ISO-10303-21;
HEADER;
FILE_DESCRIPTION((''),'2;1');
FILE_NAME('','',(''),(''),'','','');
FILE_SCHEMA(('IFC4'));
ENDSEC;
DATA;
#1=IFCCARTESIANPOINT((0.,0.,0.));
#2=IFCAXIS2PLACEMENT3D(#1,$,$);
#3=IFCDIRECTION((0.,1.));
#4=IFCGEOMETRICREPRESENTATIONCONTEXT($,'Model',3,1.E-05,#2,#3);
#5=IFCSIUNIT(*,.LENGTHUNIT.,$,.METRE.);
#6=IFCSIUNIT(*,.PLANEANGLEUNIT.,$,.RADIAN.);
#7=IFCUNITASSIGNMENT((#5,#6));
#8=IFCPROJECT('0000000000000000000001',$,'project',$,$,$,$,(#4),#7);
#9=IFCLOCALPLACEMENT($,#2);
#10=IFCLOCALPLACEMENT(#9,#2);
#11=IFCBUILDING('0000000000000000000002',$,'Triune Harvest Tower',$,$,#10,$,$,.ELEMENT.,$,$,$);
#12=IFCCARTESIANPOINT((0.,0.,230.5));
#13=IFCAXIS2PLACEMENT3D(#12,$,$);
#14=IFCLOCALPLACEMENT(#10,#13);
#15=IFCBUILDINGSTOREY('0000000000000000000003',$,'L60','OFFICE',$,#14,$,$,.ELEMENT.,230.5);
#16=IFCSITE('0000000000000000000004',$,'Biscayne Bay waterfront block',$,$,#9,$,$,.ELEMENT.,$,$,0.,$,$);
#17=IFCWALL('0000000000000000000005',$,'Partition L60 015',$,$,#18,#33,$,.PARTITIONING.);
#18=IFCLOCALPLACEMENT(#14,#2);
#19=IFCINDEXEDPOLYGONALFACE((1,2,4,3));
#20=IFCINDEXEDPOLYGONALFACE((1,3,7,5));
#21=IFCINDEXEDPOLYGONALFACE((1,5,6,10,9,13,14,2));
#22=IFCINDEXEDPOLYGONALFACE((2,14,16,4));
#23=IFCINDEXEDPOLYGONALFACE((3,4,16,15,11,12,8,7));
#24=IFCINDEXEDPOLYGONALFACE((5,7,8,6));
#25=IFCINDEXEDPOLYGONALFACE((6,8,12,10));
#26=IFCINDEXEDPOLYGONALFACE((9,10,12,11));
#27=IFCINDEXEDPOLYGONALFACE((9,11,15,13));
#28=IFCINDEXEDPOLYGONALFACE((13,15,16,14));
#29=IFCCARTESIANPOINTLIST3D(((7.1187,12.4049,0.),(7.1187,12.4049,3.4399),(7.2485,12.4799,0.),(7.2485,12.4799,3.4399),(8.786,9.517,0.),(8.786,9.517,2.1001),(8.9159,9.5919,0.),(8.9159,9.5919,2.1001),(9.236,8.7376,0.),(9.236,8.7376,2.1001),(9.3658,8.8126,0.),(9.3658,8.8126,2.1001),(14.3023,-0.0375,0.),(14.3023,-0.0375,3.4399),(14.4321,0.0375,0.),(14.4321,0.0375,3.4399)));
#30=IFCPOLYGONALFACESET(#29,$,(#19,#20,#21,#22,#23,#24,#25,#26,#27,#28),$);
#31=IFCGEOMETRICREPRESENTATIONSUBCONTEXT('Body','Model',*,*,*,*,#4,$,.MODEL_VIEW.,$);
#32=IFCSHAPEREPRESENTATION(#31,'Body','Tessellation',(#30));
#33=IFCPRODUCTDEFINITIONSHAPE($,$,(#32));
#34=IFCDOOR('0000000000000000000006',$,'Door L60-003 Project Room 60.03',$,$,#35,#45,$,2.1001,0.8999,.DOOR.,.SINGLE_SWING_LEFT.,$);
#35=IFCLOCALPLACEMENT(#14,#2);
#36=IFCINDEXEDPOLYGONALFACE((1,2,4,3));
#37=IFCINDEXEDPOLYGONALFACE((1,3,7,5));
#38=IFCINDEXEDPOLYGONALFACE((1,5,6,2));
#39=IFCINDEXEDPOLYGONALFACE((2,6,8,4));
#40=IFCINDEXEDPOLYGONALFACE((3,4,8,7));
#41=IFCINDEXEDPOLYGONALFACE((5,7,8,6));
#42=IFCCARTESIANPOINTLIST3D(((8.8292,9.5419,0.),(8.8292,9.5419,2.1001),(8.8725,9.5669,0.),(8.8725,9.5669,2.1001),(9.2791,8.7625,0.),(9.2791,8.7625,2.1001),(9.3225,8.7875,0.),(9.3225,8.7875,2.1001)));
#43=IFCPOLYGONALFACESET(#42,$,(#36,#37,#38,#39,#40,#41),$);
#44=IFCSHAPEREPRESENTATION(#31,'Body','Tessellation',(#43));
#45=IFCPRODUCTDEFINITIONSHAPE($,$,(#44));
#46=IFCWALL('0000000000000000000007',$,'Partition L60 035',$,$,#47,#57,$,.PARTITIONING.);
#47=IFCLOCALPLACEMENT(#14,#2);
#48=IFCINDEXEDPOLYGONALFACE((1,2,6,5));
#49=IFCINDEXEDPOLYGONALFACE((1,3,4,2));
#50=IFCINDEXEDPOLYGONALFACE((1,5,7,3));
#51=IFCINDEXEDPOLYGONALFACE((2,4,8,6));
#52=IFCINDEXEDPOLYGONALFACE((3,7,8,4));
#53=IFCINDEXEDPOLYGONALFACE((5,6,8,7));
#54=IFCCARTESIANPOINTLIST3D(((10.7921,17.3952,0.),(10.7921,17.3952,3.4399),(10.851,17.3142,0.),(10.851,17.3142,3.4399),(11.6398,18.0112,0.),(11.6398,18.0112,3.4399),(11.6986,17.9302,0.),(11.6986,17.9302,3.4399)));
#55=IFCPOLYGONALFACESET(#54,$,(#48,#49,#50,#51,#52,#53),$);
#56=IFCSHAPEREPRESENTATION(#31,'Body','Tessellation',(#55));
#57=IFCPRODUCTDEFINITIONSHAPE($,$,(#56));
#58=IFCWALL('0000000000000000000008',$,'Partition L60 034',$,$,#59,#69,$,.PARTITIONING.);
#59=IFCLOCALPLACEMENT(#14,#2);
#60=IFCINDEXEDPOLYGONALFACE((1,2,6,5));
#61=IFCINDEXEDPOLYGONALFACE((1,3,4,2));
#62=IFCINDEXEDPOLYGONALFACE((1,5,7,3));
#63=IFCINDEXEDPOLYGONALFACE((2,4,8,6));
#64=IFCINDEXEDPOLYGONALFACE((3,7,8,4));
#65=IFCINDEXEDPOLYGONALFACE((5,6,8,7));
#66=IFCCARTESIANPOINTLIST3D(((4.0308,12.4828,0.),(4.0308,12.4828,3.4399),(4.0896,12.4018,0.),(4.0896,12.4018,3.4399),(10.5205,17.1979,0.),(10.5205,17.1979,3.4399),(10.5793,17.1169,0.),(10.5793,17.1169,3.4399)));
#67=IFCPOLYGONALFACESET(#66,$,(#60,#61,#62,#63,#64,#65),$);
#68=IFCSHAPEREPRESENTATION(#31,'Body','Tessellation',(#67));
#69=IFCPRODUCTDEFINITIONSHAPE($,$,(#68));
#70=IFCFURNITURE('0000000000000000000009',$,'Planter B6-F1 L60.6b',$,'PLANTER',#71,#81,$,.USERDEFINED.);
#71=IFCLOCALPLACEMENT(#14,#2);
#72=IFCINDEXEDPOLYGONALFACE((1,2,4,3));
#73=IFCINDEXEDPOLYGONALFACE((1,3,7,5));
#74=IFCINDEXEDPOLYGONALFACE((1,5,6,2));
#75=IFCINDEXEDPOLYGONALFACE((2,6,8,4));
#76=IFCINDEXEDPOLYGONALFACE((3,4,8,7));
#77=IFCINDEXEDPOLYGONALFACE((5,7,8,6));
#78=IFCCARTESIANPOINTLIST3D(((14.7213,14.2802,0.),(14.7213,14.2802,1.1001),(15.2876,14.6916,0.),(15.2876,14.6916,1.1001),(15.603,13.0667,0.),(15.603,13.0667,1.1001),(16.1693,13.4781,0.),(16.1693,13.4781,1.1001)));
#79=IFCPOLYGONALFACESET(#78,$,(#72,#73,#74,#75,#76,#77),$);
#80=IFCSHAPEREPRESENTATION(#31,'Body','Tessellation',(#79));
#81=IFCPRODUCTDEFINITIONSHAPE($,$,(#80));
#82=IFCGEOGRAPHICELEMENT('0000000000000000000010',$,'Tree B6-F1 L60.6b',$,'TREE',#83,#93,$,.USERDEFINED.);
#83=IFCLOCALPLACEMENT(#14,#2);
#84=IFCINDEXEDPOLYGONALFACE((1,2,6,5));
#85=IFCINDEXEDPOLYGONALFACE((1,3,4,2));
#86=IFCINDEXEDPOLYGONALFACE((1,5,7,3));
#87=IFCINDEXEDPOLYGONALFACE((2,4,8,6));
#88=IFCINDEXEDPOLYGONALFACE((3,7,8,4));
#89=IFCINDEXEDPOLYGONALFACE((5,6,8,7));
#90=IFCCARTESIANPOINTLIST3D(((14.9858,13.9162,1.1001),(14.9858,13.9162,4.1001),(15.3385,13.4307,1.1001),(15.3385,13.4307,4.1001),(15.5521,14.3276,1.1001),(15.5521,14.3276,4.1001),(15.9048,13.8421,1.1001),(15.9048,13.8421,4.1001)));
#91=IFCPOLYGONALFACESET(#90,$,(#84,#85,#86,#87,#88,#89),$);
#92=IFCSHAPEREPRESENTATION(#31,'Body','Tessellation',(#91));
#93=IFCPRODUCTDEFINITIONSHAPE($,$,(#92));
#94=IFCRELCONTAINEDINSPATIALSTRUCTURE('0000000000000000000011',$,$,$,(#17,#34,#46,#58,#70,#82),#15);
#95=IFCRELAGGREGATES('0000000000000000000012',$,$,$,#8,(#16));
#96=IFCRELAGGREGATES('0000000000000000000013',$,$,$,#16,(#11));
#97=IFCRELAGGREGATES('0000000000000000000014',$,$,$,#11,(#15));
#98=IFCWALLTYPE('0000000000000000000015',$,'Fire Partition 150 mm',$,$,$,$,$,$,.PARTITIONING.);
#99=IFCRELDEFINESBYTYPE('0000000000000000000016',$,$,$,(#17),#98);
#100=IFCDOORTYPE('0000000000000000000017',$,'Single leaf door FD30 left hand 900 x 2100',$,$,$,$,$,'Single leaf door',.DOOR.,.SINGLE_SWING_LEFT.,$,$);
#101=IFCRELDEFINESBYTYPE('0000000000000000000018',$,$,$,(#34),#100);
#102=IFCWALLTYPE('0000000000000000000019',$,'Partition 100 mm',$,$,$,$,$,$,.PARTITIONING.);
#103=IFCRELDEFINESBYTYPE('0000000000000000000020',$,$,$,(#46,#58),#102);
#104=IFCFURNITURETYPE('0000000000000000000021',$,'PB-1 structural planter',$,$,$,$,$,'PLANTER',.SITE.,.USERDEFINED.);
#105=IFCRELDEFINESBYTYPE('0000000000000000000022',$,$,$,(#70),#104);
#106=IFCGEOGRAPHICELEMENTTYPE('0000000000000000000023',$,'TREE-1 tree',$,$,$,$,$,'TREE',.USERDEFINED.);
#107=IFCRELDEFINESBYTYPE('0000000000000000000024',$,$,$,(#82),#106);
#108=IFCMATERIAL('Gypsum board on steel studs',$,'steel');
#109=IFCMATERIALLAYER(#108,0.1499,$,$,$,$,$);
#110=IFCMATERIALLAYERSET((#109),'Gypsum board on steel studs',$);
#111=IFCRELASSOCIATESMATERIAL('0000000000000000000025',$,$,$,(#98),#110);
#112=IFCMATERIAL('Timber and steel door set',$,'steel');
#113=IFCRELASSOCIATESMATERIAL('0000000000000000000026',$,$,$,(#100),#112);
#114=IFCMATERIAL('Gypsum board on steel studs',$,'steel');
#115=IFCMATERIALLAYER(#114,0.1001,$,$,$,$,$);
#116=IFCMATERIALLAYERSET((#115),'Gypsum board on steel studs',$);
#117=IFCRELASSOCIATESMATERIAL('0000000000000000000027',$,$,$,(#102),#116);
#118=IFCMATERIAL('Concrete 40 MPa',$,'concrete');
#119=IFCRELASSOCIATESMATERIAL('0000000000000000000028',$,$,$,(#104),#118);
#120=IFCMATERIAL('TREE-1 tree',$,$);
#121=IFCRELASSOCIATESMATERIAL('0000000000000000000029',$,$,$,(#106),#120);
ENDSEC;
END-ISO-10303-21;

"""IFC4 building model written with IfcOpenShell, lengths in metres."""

from ifc_helpers import new_model, si_unit, direction, frame, frame_2d, origin, origin_2d, place, context, subcontext, project, spatial, rectangle, extrude, source, transform, mapped, material, layer, layer_set, type_object, element, fill, save


model = new_model("IFC4")

# Units and contexts
model_context = context("Model", 3, precision=1e-05, world=origin(), true_north=direction((0.0, 1.0)))
body_context = subcontext(model_context, "Body", "Model", "MODEL_VIEW")
ifc_project = project(units=[si_unit("LENGTHUNIT", "METRE"), si_unit("PLANEANGLEUNIT", "RADIAN")], contexts=[model_context])

# Site, building, storey
site_placement = place(None, origin())
site = spatial("IfcSite", under=ifc_project, at=site_placement, Name="Biscayne Bay waterfront block", CompositionType="ELEMENT", RefElevation=0.0)
building_placement = place(site_placement, origin())
building = spatial("IfcBuilding", under=site, at=building_placement, Name="Triune Harvest Tower", CompositionType="ELEMENT")
storey_placement = place(building_placement, frame((0.0, 0.0, 230.5)))
storey = spatial("IfcBuildingStorey", under=building, at=storey_placement, Name="L60", Description="OFFICE", CompositionType="ELEMENT", Elevation=230.5)

# Wall, opening, door
ifc_material_1 = material(Name="Gypsum board on steel studs", Category="steel")
ifc_layer_1 = layer(ifc_material_1, 0.1499)
ifc_layer_set_1 = layer_set([ifc_layer_1], Name="Gypsum board on steel studs")
wall_type_1 = type_object("IfcWallType", Name="Fire Partition 150 mm", PredefinedType="PARTITIONING", material=ifc_layer_set_1)
ifc_material_2 = material(Name="Timber and steel door set", Category="steel")
door_type_1 = type_object("IfcDoorType", Name="Single leaf door FD30 left hand 900 x 2100", ElementType="Single leaf door", OperationType="SINGLE_SWING_LEFT", PredefinedType="DOOR", material=ifc_material_2)
shared_shape_1 = source(origin(), body_context, "Body", "SweptSolid", [
    extrude(rectangle(XDim=14.3672, YDim=0.1499, at=frame_2d((7.1836, 0.0))), origin(), (0.0, 0.0, 1.0), 3.4399),
])
wall_1_placement = place(storey_placement, frame((7.1836, 12.4424, 0.0), z_axis=(0.0, 0.0, 1.0), x_axis=(0.499999, -0.866026, 0.0)))
wall_1 = element("IfcWall", 1, at=wall_1_placement, inside=storey, type_object=wall_type_1, Name="Partition L60 015", PredefinedType="PARTITIONING", context=body_context, shape_type="MappedRepresentation", body=[
    mapped(shared_shape_1, transform((0.0, 0.0, 0.0), scale=1.0)),
])
opening_1_placement = place(wall_1_placement, frame((3.3347, 0.0, 0.0)))
opening_1 = element("IfcOpeningElement", 2, at=opening_1_placement, cuts=wall_1, PredefinedType="OPENING", context=body_context, shape_type="SweptSolid", body=[
    extrude(rectangle(XDim=0.8999, YDim=2.1001, at=frame_2d((0.45, 1.05))), frame((0.0, 0.085, 0.0), z_axis=(0.0, -1.0, 0.0), x_axis=(1.0, 0.0, 0.0)), (0.0, 0.0, 1.0), 0.1699),
])
door_1_placement = place(opening_1_placement, origin())
door_1 = element("IfcDoor", 3, at=door_1_placement, inside=storey, type_object=door_type_1, Name="Door L60-003 Project Room 60.03", OperationType="SINGLE_SWING_LEFT", OverallHeight=2.1001, OverallWidth=0.8999, PredefinedType="DOOR", context=body_context, shape_type="SweptSolid", body=[
    extrude(rectangle(XDim=0.8999, YDim=2.1001, at=frame_2d((0.45, 1.05))), frame((0.0, 0.0249, 0.0), z_axis=(0.0, -1.0, 0.0), x_axis=(1.0, 0.0, 0.0)), (0.0, 0.0, 1.0), 0.05),
])
fill(opening_1, door_1)

# Walls
ifc_material_3 = material(Name="Gypsum board on steel studs", Category="steel")
ifc_layer_2 = layer(ifc_material_3, 0.1001)
ifc_layer_set_2 = layer_set([ifc_layer_2], Name="Gypsum board on steel studs")
wall_type_2 = type_object("IfcWallType", Name="Partition 100 mm", PredefinedType="PARTITIONING", material=ifc_layer_set_2)
shared_shape_2 = source(origin(), body_context, "Body", "SweptSolid", [
    extrude(rectangle(XDim=1.0479, YDim=0.1001, at=frame_2d((0.5239, 0.0))), origin(), (0.0, 0.0, 1.0), 3.4399),
])
wall_2_placement = place(storey_placement, frame((10.8215, 17.3547, 0.0), z_axis=(0.0, 0.0, 1.0), x_axis=(0.808968, 0.587853, 0.0)))
element("IfcWall", 4, at=wall_2_placement, inside=storey, type_object=wall_type_2, Name="Partition L60 035", PredefinedType="PARTITIONING", context=body_context, shape_type="MappedRepresentation", body=[
    mapped(shared_shape_2, transform((0.0, 0.0, 0.0), scale=1.0)),
])
shared_shape_3 = source(origin(), body_context, "Body", "SweptSolid", [
    extrude(rectangle(XDim=8.0217, YDim=0.1001, at=frame_2d((4.0107, 0.0))), origin(), (0.0, 0.0, 1.0), 3.4399),
])
wall_3_placement = place(storey_placement, frame((4.0603, 12.4424, 0.0), z_axis=(0.0, 0.0, 1.0), x_axis=(0.809016, 0.587786, 0.0)))
element("IfcWall", 5, at=wall_3_placement, inside=storey, type_object=wall_type_2, Name="Partition L60 034", PredefinedType="PARTITIONING", context=body_context, shape_type="MappedRepresentation", body=[
    mapped(shared_shape_3, transform((0.0, 0.0, 0.0), scale=1.0)),
])

# Furniture
ifc_material_4 = material(Name="Concrete 40 MPa", Category="concrete")
furniture_type = type_object("IfcFurnitureType", Name="PB-1 structural planter", ElementType="PLANTER", AssemblyPlace="SITE", PredefinedType="USERDEFINED", material=ifc_material_4)
shared_shape_4 = source(origin(), body_context, "Body", "SweptSolid", [
    extrude(rectangle(XDim=1.5, YDim=0.7, at=origin_2d()), origin(), (0.0, 0.0, 1.0), 1.1001),
])
furniture_placement = place(storey_placement, frame((15.4453, 13.8792, 0.0), z_axis=(0.0, 0.0, 1.0), x_axis=(-0.587786, 0.809017, 0.0)))
element("IfcFurniture", 6, at=furniture_placement, inside=storey, type_object=furniture_type, Name="Planter B6-F1 L60.6b", ObjectType="PLANTER", PredefinedType="USERDEFINED", context=body_context, shape_type="MappedRepresentation", body=[
    mapped(shared_shape_4, transform((0.0, 0.0, 0.0), scale=1.0)),
])

# Geographic element
ifc_material_5 = material(Name="TREE-1 tree")
geographic_element_type = type_object("IfcGeographicElementType", Name="TREE-1 tree", ElementType="TREE", PredefinedType="USERDEFINED", material=ifc_material_5)
shared_shape_5 = source(origin(), body_context, "Body", "SweptSolid", [
    extrude(rectangle(XDim=0.6001, YDim=0.7, at=origin_2d()), origin(), (0.0, 0.0, 1.0), 3.0),
])
geographic_element_placement = place(storey_placement, frame((15.4453, 13.8792, 1.1001), z_axis=(0.0, 0.0, 1.0), x_axis=(-0.587786, 0.809017, 0.0)))
element("IfcGeographicElement", 7, at=geographic_element_placement, inside=storey, type_object=geographic_element_type, Name="Tree B6-F1 L60.6b", ObjectType="TREE", PredefinedType="USERDEFINED", context=body_context, shape_type="MappedRepresentation", body=[
    mapped(shared_shape_5, transform((0.0, 0.0, 0.0), scale=1.0)),
])

save(model, "model.ifc")
